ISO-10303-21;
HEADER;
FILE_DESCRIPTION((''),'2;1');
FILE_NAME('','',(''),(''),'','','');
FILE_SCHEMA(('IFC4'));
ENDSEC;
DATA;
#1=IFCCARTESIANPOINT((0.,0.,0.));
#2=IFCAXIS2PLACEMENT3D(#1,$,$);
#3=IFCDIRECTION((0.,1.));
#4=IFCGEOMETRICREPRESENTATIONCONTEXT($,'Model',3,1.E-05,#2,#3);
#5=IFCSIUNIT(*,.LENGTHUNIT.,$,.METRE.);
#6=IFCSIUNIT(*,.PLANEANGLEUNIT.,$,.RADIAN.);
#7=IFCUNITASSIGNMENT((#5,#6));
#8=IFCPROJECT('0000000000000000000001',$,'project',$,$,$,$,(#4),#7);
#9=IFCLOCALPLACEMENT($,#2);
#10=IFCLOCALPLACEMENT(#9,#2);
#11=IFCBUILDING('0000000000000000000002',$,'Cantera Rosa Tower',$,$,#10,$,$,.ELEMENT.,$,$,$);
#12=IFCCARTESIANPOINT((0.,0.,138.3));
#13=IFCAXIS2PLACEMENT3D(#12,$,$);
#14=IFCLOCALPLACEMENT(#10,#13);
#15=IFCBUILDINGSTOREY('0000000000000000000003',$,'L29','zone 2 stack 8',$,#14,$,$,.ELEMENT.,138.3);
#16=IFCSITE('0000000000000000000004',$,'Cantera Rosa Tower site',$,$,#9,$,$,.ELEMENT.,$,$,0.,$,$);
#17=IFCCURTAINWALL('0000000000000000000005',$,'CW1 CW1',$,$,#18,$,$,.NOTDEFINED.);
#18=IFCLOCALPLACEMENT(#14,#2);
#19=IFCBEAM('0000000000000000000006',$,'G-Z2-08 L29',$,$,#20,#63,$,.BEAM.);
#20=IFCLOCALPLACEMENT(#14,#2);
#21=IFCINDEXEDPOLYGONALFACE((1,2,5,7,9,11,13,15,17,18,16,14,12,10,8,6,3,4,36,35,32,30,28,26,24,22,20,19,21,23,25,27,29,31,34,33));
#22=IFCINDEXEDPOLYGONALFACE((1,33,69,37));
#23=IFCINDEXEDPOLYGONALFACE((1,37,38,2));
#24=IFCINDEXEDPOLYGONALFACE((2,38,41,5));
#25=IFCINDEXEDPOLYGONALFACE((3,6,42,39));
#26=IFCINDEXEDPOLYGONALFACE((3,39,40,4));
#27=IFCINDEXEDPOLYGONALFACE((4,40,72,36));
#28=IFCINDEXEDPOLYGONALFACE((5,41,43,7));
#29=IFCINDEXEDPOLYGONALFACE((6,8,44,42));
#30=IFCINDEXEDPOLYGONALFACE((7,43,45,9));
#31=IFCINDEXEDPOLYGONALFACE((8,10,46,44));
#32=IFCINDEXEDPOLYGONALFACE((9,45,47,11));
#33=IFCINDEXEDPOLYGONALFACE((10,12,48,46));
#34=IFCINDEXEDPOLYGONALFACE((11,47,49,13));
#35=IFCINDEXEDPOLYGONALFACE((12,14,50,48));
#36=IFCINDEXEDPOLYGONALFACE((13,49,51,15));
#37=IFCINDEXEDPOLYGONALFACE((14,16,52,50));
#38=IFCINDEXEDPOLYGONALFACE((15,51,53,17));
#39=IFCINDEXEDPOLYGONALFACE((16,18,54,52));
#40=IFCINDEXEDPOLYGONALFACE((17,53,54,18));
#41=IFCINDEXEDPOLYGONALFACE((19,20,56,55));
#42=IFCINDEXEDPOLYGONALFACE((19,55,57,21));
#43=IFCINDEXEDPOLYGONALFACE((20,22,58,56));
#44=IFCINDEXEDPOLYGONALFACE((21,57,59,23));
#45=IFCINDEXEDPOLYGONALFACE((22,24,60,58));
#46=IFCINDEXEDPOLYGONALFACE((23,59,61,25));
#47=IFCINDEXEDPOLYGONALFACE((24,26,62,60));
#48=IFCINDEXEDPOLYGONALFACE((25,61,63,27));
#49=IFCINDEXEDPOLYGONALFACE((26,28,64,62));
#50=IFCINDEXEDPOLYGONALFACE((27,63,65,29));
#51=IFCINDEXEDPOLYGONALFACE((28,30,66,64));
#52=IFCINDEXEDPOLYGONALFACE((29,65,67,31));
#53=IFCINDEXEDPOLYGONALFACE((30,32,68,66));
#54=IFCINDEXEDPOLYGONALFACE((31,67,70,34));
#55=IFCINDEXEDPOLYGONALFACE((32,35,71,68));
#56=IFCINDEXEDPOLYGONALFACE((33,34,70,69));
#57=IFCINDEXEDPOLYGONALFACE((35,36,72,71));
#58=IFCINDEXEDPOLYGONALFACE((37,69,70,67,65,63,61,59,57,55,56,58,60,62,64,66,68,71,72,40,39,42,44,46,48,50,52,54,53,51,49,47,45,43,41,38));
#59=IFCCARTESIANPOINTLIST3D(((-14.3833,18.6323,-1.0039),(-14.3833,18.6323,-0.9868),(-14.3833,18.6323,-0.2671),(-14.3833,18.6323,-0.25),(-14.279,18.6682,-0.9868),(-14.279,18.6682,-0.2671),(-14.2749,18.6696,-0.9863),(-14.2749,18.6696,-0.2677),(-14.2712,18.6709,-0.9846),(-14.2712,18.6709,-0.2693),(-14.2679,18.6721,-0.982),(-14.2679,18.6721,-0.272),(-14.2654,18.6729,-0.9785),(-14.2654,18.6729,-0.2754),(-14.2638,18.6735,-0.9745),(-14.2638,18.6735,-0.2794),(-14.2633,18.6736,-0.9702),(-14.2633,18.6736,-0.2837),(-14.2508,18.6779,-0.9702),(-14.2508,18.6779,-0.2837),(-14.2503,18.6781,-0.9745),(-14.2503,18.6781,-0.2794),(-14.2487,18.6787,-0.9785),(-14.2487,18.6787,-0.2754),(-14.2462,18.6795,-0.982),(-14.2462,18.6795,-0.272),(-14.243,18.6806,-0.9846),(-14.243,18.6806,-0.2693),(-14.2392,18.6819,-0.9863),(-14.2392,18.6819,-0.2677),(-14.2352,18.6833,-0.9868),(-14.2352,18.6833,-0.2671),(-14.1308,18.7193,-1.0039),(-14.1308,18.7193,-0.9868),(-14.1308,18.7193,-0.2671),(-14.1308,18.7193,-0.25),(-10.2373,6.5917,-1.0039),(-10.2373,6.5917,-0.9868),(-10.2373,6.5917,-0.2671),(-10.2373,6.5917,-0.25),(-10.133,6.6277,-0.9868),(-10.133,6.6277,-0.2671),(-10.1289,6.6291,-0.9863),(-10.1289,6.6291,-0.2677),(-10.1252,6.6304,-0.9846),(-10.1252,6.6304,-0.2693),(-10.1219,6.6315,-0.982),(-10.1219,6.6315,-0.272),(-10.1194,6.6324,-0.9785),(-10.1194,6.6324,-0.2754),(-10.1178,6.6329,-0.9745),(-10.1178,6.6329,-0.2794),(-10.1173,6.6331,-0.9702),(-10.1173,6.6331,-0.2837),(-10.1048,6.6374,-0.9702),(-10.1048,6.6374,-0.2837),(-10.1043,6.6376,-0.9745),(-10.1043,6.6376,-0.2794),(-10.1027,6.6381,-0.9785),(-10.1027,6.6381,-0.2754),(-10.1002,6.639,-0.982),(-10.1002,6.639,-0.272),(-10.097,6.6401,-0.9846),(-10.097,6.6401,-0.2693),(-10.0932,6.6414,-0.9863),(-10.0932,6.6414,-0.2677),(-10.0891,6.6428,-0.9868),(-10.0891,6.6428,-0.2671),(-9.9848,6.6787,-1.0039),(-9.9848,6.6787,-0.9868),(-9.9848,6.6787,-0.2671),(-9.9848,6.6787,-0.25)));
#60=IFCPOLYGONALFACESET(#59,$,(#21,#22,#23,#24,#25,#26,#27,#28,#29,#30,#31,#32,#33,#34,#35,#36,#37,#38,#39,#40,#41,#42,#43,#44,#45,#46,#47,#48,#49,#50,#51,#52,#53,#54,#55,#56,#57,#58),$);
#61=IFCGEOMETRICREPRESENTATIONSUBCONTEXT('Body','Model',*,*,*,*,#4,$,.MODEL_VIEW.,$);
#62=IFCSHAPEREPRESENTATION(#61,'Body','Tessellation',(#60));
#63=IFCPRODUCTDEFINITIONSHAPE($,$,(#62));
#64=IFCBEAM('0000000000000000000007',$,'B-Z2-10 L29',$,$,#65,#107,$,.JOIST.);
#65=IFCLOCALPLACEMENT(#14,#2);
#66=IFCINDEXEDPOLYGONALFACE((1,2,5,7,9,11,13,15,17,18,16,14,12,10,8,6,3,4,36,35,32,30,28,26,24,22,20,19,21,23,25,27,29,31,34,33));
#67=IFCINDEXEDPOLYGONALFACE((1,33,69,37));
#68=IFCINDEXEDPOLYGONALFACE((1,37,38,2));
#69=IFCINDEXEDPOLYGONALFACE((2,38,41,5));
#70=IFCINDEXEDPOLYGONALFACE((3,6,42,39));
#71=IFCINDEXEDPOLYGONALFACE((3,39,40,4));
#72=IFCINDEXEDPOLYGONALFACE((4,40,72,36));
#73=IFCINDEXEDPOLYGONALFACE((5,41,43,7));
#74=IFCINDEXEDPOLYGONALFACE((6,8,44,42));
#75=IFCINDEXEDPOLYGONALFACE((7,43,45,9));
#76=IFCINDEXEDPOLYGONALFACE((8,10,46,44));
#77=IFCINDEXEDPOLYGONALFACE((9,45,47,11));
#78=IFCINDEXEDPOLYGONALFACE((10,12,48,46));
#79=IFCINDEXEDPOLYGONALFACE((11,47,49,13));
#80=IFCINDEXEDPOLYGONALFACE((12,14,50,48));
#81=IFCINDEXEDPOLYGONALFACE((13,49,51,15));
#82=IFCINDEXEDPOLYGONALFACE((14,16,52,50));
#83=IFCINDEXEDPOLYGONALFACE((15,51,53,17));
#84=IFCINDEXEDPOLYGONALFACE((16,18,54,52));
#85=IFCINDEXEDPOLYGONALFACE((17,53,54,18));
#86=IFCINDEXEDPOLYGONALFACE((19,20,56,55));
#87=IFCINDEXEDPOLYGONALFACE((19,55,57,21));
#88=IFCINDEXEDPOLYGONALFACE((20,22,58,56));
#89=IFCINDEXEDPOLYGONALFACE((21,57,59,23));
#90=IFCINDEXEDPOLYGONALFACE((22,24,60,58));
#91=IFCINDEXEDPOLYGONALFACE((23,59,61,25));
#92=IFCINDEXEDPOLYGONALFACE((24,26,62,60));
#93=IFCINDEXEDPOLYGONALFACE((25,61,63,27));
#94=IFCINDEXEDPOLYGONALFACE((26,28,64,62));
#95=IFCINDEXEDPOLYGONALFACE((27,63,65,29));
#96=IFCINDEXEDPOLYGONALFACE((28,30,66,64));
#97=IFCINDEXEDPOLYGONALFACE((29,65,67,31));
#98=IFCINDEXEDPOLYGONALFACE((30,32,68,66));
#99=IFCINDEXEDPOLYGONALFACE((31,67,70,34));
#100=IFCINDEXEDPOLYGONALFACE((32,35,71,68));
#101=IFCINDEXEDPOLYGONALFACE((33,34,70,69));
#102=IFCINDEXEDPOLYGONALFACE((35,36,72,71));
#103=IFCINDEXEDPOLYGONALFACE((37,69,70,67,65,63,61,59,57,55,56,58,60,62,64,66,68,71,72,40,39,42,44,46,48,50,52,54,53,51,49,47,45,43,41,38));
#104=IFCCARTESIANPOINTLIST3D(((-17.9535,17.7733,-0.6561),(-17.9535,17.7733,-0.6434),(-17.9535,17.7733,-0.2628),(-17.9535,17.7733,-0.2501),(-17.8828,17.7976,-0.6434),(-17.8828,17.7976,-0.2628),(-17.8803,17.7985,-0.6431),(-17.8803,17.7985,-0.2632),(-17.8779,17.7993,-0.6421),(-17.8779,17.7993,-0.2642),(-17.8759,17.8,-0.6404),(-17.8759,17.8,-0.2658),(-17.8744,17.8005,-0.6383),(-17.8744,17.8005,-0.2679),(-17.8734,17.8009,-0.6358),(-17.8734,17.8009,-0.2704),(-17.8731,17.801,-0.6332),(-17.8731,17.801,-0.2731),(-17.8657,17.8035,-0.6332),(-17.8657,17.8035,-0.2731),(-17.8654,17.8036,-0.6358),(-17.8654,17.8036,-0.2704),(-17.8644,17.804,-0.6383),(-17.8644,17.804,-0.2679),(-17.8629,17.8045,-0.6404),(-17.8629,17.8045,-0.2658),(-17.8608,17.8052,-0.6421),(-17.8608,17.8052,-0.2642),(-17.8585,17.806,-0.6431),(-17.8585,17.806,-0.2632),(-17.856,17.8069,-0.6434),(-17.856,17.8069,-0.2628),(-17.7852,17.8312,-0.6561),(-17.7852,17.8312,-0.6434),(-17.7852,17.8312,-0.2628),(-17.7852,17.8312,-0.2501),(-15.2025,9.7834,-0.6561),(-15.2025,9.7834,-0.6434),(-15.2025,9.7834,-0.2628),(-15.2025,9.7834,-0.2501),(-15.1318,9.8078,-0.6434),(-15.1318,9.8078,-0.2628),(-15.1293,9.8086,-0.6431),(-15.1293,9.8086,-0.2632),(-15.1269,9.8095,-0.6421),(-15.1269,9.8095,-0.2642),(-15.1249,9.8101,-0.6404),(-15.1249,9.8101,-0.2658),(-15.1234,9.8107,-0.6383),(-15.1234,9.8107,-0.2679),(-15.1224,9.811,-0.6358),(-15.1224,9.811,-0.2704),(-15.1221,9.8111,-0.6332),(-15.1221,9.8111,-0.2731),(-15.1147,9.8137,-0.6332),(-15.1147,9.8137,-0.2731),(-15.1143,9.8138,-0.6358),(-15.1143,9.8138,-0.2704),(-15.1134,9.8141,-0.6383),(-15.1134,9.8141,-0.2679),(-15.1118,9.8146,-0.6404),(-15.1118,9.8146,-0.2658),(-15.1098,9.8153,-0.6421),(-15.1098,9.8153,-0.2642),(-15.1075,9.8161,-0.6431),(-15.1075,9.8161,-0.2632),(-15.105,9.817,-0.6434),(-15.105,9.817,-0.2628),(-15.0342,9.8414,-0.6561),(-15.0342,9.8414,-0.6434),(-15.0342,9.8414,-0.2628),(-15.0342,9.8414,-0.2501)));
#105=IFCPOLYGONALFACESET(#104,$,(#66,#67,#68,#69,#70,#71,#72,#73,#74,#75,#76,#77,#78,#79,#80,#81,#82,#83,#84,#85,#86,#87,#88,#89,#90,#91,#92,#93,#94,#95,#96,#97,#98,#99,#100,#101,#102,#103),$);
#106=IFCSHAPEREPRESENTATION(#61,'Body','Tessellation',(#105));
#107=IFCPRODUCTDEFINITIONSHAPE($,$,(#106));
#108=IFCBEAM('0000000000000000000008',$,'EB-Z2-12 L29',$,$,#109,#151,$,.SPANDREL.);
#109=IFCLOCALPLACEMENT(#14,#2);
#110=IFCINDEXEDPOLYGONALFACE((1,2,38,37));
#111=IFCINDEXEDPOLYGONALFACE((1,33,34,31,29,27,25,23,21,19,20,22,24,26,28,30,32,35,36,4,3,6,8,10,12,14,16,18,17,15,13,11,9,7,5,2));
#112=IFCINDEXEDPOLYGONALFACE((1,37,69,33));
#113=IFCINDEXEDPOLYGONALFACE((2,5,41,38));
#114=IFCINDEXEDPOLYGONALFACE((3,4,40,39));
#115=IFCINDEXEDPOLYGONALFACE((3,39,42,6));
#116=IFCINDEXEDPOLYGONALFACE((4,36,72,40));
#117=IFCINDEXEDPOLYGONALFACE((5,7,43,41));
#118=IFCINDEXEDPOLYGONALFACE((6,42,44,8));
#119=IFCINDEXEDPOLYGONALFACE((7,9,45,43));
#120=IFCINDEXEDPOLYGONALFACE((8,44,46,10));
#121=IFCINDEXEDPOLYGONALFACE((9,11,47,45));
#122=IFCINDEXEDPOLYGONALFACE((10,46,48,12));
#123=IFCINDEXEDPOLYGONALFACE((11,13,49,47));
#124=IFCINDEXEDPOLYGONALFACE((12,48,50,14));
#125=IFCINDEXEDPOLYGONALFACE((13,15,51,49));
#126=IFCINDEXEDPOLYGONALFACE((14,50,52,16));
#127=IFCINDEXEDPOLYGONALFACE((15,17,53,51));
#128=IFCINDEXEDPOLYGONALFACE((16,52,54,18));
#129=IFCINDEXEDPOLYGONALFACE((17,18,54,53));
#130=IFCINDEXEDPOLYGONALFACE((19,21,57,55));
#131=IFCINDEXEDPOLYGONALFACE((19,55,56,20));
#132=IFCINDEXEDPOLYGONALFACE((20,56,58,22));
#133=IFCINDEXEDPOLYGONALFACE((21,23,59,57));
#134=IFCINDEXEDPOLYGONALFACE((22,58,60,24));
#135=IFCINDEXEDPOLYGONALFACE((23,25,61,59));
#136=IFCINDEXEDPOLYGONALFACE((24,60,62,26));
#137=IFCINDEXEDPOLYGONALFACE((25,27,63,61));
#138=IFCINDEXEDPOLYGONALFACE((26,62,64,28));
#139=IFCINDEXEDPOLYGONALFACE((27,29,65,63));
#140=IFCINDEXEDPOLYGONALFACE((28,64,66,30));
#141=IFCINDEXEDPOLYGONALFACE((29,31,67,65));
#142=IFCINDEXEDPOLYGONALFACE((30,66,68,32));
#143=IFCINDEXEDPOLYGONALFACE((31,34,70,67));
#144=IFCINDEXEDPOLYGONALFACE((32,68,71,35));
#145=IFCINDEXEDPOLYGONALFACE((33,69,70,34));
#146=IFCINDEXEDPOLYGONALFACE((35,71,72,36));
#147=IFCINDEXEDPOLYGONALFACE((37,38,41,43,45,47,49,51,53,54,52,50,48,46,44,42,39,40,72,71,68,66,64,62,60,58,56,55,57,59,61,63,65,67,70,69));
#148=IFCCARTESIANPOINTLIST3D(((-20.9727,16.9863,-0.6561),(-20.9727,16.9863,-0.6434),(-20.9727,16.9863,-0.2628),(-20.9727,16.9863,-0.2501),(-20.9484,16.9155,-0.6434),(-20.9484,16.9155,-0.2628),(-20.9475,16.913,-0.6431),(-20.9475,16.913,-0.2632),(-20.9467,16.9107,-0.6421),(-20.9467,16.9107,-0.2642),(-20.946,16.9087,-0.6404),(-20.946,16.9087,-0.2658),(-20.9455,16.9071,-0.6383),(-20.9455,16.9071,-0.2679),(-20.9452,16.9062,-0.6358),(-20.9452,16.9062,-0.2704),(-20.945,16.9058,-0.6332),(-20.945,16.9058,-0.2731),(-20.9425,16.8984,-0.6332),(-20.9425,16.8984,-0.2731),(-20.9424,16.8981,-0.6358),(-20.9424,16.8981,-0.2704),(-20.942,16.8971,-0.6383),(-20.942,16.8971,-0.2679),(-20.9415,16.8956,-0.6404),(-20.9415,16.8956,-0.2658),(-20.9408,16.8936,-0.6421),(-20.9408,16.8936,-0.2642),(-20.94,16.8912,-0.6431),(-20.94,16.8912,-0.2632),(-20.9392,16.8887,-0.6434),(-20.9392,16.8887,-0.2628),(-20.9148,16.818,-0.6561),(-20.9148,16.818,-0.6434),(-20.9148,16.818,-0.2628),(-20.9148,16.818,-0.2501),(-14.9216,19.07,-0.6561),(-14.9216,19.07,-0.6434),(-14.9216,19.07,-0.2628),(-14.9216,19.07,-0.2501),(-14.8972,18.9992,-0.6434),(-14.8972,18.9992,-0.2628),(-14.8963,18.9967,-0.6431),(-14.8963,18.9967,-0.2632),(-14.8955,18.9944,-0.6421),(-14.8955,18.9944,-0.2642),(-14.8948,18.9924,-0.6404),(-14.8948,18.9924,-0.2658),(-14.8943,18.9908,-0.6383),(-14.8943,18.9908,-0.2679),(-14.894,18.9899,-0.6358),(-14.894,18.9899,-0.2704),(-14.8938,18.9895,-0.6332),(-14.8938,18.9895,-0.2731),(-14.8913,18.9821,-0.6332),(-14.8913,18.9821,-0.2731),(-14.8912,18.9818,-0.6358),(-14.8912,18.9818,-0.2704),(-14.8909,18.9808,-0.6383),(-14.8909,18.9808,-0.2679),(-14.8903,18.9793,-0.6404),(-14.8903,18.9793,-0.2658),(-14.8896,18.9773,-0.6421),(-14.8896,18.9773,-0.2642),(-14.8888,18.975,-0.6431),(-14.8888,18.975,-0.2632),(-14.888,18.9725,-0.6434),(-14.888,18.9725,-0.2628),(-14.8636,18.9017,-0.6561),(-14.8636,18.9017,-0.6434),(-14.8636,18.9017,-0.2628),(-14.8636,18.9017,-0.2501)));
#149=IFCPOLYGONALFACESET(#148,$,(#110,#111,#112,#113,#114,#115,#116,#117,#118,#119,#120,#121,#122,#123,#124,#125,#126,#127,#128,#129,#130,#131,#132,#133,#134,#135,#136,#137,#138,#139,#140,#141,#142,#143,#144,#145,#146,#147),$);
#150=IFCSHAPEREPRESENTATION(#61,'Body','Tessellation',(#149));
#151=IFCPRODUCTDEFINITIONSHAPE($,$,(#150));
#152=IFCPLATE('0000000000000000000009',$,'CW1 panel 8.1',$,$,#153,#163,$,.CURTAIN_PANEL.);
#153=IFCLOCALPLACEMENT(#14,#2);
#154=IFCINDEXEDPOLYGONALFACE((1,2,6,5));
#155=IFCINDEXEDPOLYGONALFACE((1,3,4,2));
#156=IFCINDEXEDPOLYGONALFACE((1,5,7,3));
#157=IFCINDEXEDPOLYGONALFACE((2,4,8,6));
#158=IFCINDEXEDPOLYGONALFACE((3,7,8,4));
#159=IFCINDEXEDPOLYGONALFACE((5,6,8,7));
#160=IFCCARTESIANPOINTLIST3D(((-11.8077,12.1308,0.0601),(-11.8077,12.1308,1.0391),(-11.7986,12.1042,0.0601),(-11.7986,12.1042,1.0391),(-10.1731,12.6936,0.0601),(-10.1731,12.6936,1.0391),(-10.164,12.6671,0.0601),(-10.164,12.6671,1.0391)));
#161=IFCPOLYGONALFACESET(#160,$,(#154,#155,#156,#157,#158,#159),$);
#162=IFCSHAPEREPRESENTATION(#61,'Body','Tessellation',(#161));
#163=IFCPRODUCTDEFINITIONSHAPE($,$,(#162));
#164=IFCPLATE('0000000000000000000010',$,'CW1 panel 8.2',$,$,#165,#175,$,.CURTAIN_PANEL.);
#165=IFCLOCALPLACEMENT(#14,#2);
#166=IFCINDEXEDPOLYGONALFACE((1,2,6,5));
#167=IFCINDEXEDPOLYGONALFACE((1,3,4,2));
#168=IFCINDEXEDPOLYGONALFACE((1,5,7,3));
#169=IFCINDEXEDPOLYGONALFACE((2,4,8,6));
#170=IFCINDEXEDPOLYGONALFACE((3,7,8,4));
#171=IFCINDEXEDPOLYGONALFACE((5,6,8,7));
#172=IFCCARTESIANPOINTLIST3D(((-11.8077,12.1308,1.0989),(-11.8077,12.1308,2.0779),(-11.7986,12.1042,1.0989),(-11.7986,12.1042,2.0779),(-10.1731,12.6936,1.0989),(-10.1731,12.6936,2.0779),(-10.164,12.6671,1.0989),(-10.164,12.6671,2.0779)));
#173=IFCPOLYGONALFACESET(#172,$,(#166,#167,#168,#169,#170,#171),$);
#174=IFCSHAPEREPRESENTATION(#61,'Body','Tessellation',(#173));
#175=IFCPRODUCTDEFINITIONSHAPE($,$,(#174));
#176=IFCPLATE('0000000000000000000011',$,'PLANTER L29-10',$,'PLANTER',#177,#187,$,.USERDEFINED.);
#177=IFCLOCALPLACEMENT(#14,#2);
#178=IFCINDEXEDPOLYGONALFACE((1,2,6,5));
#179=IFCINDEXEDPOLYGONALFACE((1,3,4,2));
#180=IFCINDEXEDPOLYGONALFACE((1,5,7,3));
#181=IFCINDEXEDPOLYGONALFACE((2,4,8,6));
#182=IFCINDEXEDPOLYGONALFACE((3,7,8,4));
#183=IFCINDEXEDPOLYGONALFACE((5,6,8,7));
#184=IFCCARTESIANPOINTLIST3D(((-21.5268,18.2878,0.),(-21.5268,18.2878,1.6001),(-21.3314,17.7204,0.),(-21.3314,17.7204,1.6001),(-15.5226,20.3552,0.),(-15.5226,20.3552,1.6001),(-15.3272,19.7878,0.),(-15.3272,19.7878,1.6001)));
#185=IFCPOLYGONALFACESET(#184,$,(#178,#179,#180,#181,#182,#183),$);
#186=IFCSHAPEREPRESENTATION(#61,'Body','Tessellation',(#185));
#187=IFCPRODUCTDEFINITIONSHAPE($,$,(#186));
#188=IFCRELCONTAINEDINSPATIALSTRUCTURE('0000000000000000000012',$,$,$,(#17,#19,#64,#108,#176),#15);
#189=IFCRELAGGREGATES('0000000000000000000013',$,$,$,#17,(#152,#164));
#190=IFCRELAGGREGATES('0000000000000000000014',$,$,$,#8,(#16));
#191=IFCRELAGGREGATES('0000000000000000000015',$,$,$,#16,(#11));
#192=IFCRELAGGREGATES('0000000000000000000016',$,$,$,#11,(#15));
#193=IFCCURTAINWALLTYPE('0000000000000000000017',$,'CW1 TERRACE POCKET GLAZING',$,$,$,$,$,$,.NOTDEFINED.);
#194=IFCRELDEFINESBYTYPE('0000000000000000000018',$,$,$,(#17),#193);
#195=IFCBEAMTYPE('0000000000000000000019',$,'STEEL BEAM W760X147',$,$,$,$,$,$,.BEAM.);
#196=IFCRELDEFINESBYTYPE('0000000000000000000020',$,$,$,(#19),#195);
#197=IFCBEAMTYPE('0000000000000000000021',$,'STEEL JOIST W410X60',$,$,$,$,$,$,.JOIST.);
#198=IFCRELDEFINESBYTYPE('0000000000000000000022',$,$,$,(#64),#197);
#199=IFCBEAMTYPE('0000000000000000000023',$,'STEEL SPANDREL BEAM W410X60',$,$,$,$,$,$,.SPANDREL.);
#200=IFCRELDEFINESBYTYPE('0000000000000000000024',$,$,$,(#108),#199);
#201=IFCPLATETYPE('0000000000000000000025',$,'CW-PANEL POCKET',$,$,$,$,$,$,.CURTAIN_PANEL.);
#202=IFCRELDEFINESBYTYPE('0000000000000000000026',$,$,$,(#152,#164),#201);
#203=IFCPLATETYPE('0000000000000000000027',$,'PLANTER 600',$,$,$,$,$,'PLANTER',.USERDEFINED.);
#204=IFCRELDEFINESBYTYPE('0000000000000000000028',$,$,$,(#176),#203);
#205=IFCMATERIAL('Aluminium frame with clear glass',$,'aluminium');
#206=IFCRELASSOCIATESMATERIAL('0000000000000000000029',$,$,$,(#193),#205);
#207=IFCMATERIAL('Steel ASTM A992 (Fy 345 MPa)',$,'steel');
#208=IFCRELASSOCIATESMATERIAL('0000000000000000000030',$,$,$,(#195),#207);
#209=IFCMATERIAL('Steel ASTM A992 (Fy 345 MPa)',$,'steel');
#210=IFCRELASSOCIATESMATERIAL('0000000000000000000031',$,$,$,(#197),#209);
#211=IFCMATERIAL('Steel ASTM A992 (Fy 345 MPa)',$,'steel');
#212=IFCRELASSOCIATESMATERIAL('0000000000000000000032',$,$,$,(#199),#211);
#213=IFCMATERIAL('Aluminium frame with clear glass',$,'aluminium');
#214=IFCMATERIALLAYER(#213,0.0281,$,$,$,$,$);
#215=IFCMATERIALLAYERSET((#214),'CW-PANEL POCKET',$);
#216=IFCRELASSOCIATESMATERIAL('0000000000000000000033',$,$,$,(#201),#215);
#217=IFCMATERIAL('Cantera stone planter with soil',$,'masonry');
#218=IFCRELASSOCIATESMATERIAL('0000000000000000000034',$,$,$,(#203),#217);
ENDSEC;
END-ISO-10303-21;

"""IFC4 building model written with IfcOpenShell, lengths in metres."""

from ifc_helpers import new_model, si_unit, direction, frame, origin, origin_2d, place, context, subcontext, project, spatial, rectangle, i_section, extrude, material, layer, layer_set, material_profile, profile_set, type_object, element, aggregate, save


model = new_model("IFC4")

# Units and contexts
model_context = context("Model", 3, precision=1e-05, world=origin(), true_north=direction((0.0, 1.0)))
body_context = subcontext(model_context, "Body", "Model", "MODEL_VIEW")
ifc_project = project(units=[si_unit("LENGTHUNIT", "METRE"), si_unit("PLANEANGLEUNIT", "RADIAN")], contexts=[model_context])

# Site, building, storey
site_placement = place(None, origin())
site = spatial("IfcSite", under=ifc_project, at=site_placement, Name="Cantera Rosa Tower site", CompositionType="ELEMENT", RefElevation=0.0)
building_placement = place(site_placement, origin())
building = spatial("IfcBuilding", under=site, at=building_placement, Name="Cantera Rosa Tower", CompositionType="ELEMENT")
storey_placement = place(building_placement, frame((0.0, 0.0, 138.3)))
storey = spatial("IfcBuildingStorey", under=building, at=storey_placement, Name="L29", Description="zone 2 stack 8", CompositionType="ELEMENT", Elevation=138.3)

# Curtain wall
ifc_material_1 = material(Name="Aluminium frame with clear glass", Category="aluminium")
curtain_wall_type = type_object("IfcCurtainWallType", Name="CW1 TERRACE POCKET GLAZING", PredefinedType="NOTDEFINED", material=ifc_material_1)
curtain_wall_placement = place(storey_placement, origin())
curtain_wall = element("IfcCurtainWall", 1, at=curtain_wall_placement, inside=storey, type_object=curtain_wall_type, Name="CW1 CW1", PredefinedType="NOTDEFINED")

# Beams
ifc_material_2 = material(Name="Steel ASTM A992 (Fy 345 MPa)", Category="steel")
ifc_material_profile_1 = material_profile(ifc_material_2, i_section(OverallWidth=0.2671, OverallDepth=0.7539, WebThickness=0.0132, FlangeThickness=0.0171, FilletRadius=0.0166, at=origin_2d()), Name="W760X147")
ifc_profile_set_1 = profile_set([ifc_material_profile_1], Name="Steel ASTM A992 (Fy 345 MPa)")
beam_type_1 = type_object("IfcBeamType", Name="STEEL BEAM W760X147", PredefinedType="BEAM", material=ifc_profile_set_1)
beam_1_placement = place(storey_placement, frame((-14.2571, 18.6758, -0.627), z_axis=(0.325576, -0.945516, 0.0), x_axis=(0.945516, 0.325576, 0.0)))
element("IfcBeam", 2, at=beam_1_placement, inside=storey, type_object=beam_type_1, Name="G-Z2-08 L29", PredefinedType="BEAM", context=body_context, shape_type="SweptSolid", body=[
    extrude(i_section(OverallWidth=0.2671, OverallDepth=0.7539, WebThickness=0.0132, FlangeThickness=0.0171, FilletRadius=0.0166, at=origin_2d()), origin(), (0.0, 0.0, 1.0), 12.7344),
])
ifc_material_3 = material(Name="Steel ASTM A992 (Fy 345 MPa)", Category="steel")
ifc_material_profile_2 = material_profile(ifc_material_3, i_section(OverallWidth=0.178, OverallDepth=0.406, WebThickness=0.0078, FlangeThickness=0.0127, FilletRadius=0.0103, at=origin_2d()), Name="W410X60")
ifc_profile_set_2 = profile_set([ifc_material_profile_2], Name="Steel ASTM A992 (Fy 345 MPa)")
beam_type_2 = type_object("IfcBeamType", Name="STEEL JOIST W410X60", PredefinedType="JOIST", material=ifc_profile_set_2)
beam_2_placement = place(storey_placement, frame((-17.8694, 17.8022, -0.4531), z_axis=(0.325556, -0.945523, 0.0), x_axis=(0.945523, 0.325556, 0.0)))
element("IfcBeam", 3, at=beam_2_placement, inside=storey, type_object=beam_type_2, Name="B-Z2-10 L29", PredefinedType="JOIST", context=body_context, shape_type="SweptSolid", body=[
    extrude(i_section(OverallWidth=0.178, OverallDepth=0.406, WebThickness=0.0078, FlangeThickness=0.0127, FilletRadius=0.0103, at=origin_2d()), origin(), (0.0, 0.0, 1.0), 8.4502),
])
ifc_material_4 = material(Name="Steel ASTM A992 (Fy 345 MPa)", Category="steel")
ifc_material_profile_3 = material_profile(ifc_material_4, i_section(OverallWidth=0.178, OverallDepth=0.406, WebThickness=0.0078, FlangeThickness=0.0127, FilletRadius=0.0103, at=origin_2d()), Name="W410X60")
ifc_profile_set_3 = profile_set([ifc_material_profile_3], Name="Steel ASTM A992 (Fy 345 MPa)")
beam_type_3 = type_object("IfcBeamType", Name="STEEL SPANDREL BEAM W410X60", PredefinedType="SPANDREL", material=ifc_profile_set_3)
beam_3_placement = place(storey_placement, frame((-14.8926, 18.9858, -0.4531), z_axis=(-0.945513, -0.325585, 0.0), x_axis=(0.325585, -0.945513, 0.0)))
element("IfcBeam", 4, at=beam_3_placement, inside=storey, type_object=beam_type_3, Name="EB-Z2-12 L29", PredefinedType="SPANDREL", context=body_context, shape_type="SweptSolid", body=[
    extrude(i_section(OverallWidth=0.178, OverallDepth=0.406, WebThickness=0.0078, FlangeThickness=0.0127, FilletRadius=0.0103, at=origin_2d()), origin(), (0.0, 0.0, 1.0), 6.3999),
])

# Plates
ifc_material_5 = material(Name="Aluminium frame with clear glass", Category="aluminium")
ifc_layer_1 = layer(ifc_material_5, 0.0281)
ifc_layer_set_1 = layer_set([ifc_layer_1], Name="CW-PANEL POCKET")
plate_type_1 = type_object("IfcPlateType", Name="CW-PANEL POCKET", PredefinedType="CURTAIN_PANEL", material=ifc_layer_set_1)
plate_1_placement = place(storey_placement, frame((-10.9858, 12.3989, 0.0601), z_axis=(0.0, 0.0, 1.0), x_axis=(-0.945519, -0.325568, 0.0)))
plate_1 = element("IfcPlate", 5, at=plate_1_placement, type_object=plate_type_1, Name="CW1 panel 8.1", PredefinedType="CURTAIN_PANEL", context=body_context, shape_type="SweptSolid", body=[
    extrude(rectangle(XDim=1.7288, YDim=0.0281, at=origin_2d()), origin(), (0.0, 0.0, 1.0), 0.979),
])
plate_2_placement = place(storey_placement, frame((-10.9858, 12.3989, 1.0989), z_axis=(0.0, 0.0, 1.0), x_axis=(-0.945519, -0.325568, 0.0)))
plate_2 = element("IfcPlate", 6, at=plate_2_placement, type_object=plate_type_1, Name="CW1 panel 8.2", PredefinedType="CURTAIN_PANEL", context=body_context, shape_type="SweptSolid", body=[
    extrude(rectangle(XDim=1.7288, YDim=0.0281, at=origin_2d()), origin(), (0.0, 0.0, 1.0), 0.979),
])
aggregate(curtain_wall, [plate_1, plate_2])
ifc_material_6 = material(Name="Cantera stone planter with soil", Category="masonry")
plate_type_2 = type_object("IfcPlateType", Name="PLANTER 600", ElementType="PLANTER", PredefinedType="USERDEFINED", material=ifc_material_6)
plate_3_placement = place(storey_placement, frame((-18.427, 19.0378, 0.0), z_axis=(0.0, 0.0, 1.0), x_axis=(-0.945519, -0.325568, 0.0)))
element("IfcPlate", 7, at=plate_3_placement, inside=storey, type_object=plate_type_2, Name="PLANTER L29-10", ObjectType="PLANTER", PredefinedType="USERDEFINED", context=body_context, shape_type="SweptSolid", body=[
    extrude(rectangle(XDim=6.3501, YDim=0.6001, at=origin_2d()), origin(), (0.0, 0.0, 1.0), 1.6001),
])

save(model, "model.ifc")
